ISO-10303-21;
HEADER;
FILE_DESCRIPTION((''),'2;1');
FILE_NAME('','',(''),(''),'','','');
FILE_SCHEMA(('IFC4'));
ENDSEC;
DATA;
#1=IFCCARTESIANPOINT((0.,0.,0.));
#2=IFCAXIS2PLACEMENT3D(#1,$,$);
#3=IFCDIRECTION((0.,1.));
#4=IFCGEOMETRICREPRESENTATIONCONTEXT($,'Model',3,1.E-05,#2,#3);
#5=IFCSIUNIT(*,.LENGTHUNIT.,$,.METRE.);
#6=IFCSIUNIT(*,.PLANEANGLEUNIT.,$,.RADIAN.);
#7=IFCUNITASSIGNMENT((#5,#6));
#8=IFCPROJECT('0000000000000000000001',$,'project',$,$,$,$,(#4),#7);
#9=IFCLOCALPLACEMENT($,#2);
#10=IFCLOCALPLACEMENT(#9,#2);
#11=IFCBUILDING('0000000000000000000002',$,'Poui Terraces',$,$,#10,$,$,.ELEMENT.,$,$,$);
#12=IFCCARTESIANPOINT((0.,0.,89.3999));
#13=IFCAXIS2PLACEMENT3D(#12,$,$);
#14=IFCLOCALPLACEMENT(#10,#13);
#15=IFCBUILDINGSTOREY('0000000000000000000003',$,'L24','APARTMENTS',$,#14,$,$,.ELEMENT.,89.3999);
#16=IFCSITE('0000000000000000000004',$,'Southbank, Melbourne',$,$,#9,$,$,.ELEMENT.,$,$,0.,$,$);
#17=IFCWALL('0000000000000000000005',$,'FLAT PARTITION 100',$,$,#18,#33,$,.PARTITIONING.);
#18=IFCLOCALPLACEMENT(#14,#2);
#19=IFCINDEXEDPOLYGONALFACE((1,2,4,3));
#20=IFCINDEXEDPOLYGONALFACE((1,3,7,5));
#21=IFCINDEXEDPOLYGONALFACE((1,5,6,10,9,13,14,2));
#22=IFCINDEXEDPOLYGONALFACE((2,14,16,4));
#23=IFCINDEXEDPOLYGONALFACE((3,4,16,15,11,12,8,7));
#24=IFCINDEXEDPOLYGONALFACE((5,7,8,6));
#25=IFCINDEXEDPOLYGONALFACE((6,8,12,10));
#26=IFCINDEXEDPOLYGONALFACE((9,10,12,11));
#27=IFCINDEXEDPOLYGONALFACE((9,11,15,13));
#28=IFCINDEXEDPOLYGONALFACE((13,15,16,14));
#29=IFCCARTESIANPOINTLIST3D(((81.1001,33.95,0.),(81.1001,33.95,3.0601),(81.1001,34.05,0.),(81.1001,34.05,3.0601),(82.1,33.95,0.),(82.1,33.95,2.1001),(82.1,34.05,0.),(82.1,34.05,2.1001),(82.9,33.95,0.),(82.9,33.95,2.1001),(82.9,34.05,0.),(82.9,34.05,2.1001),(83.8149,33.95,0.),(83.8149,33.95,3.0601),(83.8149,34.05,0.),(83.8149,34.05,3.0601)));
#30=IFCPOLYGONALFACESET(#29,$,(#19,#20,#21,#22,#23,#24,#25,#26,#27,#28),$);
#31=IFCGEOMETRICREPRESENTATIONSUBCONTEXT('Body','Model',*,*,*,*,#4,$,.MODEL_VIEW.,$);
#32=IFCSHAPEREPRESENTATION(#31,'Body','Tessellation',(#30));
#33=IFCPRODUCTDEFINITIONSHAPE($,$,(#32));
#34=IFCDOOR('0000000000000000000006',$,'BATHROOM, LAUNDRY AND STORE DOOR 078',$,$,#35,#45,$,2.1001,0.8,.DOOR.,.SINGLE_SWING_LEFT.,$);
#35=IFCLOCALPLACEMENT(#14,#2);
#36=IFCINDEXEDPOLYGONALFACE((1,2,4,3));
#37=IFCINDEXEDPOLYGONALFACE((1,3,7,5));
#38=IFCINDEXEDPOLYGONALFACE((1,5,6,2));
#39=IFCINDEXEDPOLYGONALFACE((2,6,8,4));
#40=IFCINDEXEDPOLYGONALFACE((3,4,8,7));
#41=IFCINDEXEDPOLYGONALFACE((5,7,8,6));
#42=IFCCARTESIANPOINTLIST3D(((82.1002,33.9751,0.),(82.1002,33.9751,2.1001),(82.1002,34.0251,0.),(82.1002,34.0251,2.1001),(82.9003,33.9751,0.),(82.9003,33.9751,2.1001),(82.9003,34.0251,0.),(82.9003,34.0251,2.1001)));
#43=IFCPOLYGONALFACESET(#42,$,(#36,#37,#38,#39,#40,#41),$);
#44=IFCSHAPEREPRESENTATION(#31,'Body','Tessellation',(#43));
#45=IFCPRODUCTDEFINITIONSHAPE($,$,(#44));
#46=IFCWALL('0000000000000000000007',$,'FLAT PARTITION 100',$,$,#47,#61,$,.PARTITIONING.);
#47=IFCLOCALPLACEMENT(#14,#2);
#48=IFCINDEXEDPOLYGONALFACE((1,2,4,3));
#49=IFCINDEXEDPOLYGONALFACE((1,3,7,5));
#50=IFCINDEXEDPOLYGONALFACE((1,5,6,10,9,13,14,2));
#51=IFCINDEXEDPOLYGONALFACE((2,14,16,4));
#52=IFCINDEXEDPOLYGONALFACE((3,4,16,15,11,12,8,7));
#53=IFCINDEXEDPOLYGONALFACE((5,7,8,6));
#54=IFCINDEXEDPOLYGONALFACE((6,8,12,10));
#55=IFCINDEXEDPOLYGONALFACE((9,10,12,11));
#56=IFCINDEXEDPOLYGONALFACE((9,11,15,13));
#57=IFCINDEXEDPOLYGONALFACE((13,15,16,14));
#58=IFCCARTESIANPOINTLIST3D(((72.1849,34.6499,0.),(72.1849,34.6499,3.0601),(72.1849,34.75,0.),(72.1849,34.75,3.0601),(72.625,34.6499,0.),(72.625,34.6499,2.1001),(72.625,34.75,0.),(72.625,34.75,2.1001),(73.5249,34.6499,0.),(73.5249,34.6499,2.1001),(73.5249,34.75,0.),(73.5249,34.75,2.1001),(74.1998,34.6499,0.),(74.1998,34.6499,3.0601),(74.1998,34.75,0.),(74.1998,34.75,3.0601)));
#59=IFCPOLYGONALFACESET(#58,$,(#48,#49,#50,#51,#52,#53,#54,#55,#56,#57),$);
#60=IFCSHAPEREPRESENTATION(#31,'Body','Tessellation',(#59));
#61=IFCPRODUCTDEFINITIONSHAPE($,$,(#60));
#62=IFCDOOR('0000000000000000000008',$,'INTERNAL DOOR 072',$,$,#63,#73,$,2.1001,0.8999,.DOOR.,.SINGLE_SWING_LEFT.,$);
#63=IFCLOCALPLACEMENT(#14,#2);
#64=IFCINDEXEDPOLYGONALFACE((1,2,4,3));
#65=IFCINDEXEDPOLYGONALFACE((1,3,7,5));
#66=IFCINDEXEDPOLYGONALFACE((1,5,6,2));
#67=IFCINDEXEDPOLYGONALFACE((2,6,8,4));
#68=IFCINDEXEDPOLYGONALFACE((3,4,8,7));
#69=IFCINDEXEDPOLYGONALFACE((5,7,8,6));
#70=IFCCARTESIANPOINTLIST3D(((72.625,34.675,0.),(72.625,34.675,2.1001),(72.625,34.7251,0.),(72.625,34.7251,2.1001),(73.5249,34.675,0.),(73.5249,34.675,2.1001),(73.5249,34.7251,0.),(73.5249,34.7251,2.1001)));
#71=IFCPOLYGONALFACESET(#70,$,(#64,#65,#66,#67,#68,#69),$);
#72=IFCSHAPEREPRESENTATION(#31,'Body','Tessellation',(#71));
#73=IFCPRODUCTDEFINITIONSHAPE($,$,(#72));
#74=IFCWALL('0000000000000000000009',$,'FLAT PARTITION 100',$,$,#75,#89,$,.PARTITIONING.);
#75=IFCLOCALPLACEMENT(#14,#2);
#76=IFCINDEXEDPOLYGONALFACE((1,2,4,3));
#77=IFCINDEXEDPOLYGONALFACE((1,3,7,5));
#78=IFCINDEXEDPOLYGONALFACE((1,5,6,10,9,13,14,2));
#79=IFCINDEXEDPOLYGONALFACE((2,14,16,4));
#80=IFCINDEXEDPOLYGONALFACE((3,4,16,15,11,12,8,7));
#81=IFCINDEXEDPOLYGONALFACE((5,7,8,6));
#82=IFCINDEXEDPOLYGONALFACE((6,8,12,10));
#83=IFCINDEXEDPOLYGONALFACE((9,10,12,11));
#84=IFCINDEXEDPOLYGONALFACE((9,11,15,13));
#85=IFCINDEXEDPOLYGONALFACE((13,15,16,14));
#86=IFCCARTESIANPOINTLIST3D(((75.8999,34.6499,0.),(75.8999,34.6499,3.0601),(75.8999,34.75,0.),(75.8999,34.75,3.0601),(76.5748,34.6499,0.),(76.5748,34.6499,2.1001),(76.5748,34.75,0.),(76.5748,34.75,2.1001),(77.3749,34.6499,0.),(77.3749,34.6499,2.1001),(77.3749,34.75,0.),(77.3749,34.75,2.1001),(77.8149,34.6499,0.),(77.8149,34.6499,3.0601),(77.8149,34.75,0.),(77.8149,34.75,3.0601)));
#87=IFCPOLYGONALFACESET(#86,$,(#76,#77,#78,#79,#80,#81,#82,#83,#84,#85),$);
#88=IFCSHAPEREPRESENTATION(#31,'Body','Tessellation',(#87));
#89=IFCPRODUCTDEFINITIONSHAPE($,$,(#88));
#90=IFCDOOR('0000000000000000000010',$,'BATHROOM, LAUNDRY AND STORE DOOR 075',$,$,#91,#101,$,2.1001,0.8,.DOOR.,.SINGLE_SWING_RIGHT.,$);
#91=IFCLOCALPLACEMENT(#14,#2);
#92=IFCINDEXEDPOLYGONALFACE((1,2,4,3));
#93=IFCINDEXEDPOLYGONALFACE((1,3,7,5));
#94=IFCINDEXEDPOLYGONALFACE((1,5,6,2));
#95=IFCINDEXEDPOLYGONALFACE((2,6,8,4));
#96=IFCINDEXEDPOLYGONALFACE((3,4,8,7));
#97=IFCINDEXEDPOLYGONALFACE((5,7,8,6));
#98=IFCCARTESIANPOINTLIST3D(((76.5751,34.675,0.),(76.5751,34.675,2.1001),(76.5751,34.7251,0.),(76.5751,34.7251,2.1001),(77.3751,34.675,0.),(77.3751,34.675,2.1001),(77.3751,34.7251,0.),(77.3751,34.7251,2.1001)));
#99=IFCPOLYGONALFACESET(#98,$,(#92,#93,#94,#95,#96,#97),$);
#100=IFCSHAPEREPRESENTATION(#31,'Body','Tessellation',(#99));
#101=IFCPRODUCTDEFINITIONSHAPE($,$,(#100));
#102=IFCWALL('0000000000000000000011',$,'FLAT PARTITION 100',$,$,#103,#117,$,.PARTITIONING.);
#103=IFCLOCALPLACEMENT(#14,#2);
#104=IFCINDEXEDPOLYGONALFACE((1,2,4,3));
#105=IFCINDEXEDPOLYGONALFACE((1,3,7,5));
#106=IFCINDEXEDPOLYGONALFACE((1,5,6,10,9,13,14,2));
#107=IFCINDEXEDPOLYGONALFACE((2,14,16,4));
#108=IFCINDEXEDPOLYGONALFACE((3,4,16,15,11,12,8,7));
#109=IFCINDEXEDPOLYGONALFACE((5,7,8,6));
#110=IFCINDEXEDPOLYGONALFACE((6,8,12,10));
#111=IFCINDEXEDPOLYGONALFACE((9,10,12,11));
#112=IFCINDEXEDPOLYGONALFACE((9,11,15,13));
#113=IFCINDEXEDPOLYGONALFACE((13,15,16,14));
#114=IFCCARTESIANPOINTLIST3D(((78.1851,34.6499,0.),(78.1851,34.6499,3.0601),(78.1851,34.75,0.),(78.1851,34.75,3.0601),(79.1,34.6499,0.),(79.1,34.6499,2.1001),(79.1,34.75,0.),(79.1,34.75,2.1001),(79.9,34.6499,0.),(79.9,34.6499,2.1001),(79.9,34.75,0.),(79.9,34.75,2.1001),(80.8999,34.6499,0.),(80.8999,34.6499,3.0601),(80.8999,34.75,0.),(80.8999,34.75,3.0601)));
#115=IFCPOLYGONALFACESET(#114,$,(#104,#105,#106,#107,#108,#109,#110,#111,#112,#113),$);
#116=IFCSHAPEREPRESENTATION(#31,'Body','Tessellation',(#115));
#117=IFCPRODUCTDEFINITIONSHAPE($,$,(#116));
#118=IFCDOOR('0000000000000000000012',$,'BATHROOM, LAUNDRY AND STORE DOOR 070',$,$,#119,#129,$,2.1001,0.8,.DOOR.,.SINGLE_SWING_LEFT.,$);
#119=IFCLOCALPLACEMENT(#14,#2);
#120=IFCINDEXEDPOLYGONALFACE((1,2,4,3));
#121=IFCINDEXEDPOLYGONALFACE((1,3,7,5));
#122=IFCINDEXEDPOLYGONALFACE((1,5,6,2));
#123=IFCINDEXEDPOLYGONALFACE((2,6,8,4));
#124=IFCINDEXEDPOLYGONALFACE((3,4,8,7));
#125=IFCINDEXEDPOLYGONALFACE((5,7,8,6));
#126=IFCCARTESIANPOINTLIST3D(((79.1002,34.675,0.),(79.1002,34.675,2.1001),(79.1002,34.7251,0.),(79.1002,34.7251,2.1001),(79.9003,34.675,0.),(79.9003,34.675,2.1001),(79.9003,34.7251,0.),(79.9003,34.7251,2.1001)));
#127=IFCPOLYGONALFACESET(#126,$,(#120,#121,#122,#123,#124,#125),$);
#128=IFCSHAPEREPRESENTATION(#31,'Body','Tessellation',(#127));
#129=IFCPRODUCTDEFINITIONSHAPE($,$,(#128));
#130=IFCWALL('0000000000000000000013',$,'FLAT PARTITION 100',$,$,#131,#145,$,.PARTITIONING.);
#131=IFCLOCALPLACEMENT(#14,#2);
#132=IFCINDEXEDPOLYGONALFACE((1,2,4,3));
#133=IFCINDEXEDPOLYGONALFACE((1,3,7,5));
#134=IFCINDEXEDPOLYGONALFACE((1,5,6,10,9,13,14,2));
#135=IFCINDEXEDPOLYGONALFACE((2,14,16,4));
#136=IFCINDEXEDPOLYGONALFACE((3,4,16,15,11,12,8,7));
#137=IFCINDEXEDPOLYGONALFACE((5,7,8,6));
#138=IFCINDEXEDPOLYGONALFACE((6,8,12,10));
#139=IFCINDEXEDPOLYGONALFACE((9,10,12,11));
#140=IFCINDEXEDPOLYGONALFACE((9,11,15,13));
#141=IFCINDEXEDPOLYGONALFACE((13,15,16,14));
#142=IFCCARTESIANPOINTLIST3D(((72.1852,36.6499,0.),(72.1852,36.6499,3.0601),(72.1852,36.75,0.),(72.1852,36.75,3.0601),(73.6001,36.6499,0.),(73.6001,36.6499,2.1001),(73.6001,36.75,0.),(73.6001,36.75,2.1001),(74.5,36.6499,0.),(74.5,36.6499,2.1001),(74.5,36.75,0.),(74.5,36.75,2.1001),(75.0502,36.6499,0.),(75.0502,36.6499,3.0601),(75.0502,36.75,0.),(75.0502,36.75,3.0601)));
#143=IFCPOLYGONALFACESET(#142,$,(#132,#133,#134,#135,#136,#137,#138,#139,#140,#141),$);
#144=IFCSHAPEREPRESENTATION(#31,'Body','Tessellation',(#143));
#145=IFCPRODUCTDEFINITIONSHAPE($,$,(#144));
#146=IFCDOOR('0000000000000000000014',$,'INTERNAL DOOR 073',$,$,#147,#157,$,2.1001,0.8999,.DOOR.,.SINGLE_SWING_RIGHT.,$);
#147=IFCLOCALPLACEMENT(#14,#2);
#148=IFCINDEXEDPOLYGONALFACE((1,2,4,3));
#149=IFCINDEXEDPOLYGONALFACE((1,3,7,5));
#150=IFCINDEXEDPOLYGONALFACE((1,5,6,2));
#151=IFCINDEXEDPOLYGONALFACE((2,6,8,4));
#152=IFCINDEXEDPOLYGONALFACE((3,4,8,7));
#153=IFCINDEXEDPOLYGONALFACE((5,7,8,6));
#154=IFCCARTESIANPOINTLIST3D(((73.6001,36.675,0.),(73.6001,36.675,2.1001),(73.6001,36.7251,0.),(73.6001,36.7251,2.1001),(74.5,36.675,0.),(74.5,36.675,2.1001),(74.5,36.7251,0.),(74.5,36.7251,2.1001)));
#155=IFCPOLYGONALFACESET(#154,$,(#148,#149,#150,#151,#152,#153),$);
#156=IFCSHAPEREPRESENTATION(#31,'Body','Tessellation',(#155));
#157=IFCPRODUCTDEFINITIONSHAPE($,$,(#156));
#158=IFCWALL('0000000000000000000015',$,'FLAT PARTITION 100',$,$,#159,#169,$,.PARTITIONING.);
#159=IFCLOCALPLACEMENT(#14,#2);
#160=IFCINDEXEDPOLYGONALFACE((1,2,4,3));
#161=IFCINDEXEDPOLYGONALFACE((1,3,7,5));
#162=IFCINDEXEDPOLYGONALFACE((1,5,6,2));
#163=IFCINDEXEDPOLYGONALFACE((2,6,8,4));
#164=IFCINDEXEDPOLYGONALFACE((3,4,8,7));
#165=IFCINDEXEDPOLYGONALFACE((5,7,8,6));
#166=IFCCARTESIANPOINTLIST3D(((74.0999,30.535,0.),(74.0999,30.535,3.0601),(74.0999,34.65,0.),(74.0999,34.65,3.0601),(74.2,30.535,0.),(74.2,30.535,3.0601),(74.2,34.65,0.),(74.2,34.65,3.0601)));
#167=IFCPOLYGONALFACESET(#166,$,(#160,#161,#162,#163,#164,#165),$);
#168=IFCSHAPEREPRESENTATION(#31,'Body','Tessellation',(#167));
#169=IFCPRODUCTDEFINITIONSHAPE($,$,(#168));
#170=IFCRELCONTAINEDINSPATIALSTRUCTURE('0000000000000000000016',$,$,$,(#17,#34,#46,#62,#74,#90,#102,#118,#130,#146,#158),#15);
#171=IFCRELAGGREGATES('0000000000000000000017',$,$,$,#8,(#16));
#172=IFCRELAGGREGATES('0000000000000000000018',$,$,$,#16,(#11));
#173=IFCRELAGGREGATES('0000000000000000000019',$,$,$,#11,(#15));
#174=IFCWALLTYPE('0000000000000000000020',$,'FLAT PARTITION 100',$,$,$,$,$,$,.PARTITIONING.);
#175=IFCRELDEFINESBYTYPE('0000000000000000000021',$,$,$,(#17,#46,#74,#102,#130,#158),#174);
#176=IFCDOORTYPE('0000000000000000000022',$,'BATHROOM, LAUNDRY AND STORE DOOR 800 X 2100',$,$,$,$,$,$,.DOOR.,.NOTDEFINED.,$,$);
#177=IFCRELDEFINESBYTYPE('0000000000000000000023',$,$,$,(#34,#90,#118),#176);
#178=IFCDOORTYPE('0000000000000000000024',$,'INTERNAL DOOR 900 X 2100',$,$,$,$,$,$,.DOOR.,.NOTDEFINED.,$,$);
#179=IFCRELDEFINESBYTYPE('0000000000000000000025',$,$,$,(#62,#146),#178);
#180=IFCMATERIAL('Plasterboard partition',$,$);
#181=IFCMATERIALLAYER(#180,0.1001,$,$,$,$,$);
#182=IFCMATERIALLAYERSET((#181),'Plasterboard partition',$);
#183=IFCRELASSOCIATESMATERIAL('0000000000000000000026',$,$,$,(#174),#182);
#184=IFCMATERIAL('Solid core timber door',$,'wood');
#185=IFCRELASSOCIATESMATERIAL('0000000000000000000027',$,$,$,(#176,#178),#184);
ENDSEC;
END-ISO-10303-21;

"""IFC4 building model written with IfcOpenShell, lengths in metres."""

from ifc_helpers import new_model, si_unit, direction, frame, frame_2d, origin, place, context, subcontext, project, spatial, rectangle, extrude, material, layer, layer_set, type_object, element, fill, save


model = new_model("IFC4")

# Units and contexts
model_context = context("Model", 3, precision=1e-05, world=origin(), true_north=direction((0.0, 1.0)))
body_context = subcontext(model_context, "Body", "Model", "MODEL_VIEW")
ifc_project = project(units=[si_unit("LENGTHUNIT", "METRE"), si_unit("PLANEANGLEUNIT", "RADIAN")], contexts=[model_context])

# Site, building, storey
site_placement = place(None, origin())
site = spatial("IfcSite", under=ifc_project, at=site_placement, Name="Southbank, Melbourne", CompositionType="ELEMENT", RefElevation=0.0)
building_placement = place(site_placement, origin())
building = spatial("IfcBuilding", under=site, at=building_placement, Name="Poui Terraces", CompositionType="ELEMENT")
storey_placement = place(building_placement, frame((0.0, 0.0, 89.3999)))
storey = spatial("IfcBuildingStorey", under=building, at=storey_placement, Name="L24", Description="APARTMENTS", CompositionType="ELEMENT", Elevation=89.3999)

# Walls, openings, doors
ifc_material_1 = material(Name="Plasterboard partition")
ifc_layer_1 = layer(ifc_material_1, 0.1001)
ifc_layer_set_1 = layer_set([ifc_layer_1], Name="Plasterboard partition")
wall_type_1 = type_object("IfcWallType", Name="FLAT PARTITION 100", PredefinedType="PARTITIONING", material=ifc_layer_set_1)
wall_1_placement = place(storey_placement, frame((81.1001, 34.0, 0.0), z_axis=(0.0, 0.0, 1.0), x_axis=(1.0, 0.0, 0.0)))
wall_1 = element("IfcWall", 1, at=wall_1_placement, inside=storey, type_object=wall_type_1, Name="FLAT PARTITION 100", PredefinedType="PARTITIONING", context=body_context, shape_type="SweptSolid", body=[
    extrude(rectangle(XDim=2.7148, YDim=0.1001, at=frame_2d((1.3574, 0.0))), origin(), (0.0, 0.0, 1.0), 3.0601),
])
opening_1_placement = place(wall_1_placement, frame((1.0, 0.0, 0.0)))
opening_1 = element("IfcOpeningElement", 2, at=opening_1_placement, cuts=wall_1, PredefinedType="OPENING", context=body_context, shape_type="SweptSolid", body=[
    extrude(rectangle(XDim=0.8, YDim=2.1001, at=frame_2d((0.3999, 1.05))), frame((0.0, 0.0601, 0.0), z_axis=(0.0, -1.0, 0.0), x_axis=(1.0, 0.0, 0.0)), (0.0, 0.0, 1.0), 0.1201),
])
ifc_material_2 = material(Name="Solid core timber door", Category="wood")
door_type_1 = type_object("IfcDoorType", Name="BATHROOM, LAUNDRY AND STORE DOOR 800 X 2100", OperationType="NOTDEFINED", PredefinedType="DOOR", material=ifc_material_2)
door_1_placement = place(opening_1_placement, frame((0.8, 0.0, 0.0), z_axis=(0.0, 0.0, 1.0), x_axis=(-1.0, 0.0, 0.0)))
door_1 = element("IfcDoor", 3, at=door_1_placement, inside=storey, type_object=door_type_1, Name="BATHROOM, LAUNDRY AND STORE DOOR 078", OperationType="SINGLE_SWING_LEFT", OverallHeight=2.1001, OverallWidth=0.8, PredefinedType="DOOR", context=body_context, shape_type="SweptSolid", body=[
    extrude(rectangle(XDim=0.8, YDim=2.1001, at=frame_2d((0.3999, 1.05))), frame((0.0, 0.0249, 0.0), z_axis=(0.0, -1.0, 0.0), x_axis=(1.0, 0.0, 0.0)), (0.0, 0.0, 1.0), 0.05),
])
fill(opening_1, door_1)
wall_2_placement = place(storey_placement, frame((72.1851, 34.7, 0.0), z_axis=(0.0, 0.0, 1.0), x_axis=(1.0, 0.0, 0.0)))
wall_2 = element("IfcWall", 4, at=wall_2_placement, inside=storey, type_object=wall_type_1, Name="FLAT PARTITION 100", PredefinedType="PARTITIONING", context=body_context, shape_type="SweptSolid", body=[
    extrude(rectangle(XDim=2.0149, YDim=0.1001, at=frame_2d((1.0073, 0.0))), origin(), (0.0, 0.0, 1.0), 3.0601),
])
opening_2_placement = place(wall_2_placement, frame((0.4399, 0.0, 0.0)))
opening_2 = element("IfcOpeningElement", 5, at=opening_2_placement, cuts=wall_2, PredefinedType="OPENING", context=body_context, shape_type="SweptSolid", body=[
    extrude(rectangle(XDim=0.8999, YDim=2.1001, at=frame_2d((0.45, 1.05))), frame((0.0, 0.0601, 0.0), z_axis=(0.0, -1.0, 0.0), x_axis=(1.0, 0.0, 0.0)), (0.0, 0.0, 1.0), 0.1201),
])
door_type_2 = type_object("IfcDoorType", Name="INTERNAL DOOR 900 X 2100", OperationType="NOTDEFINED", PredefinedType="DOOR", material=ifc_material_2)
door_2_placement = place(opening_2_placement, frame((0.8999, 0.0, 0.0), z_axis=(0.0, 0.0, 1.0), x_axis=(-1.0, 0.0, 0.0)))
door_2 = element("IfcDoor", 6, at=door_2_placement, inside=storey, type_object=door_type_2, Name="INTERNAL DOOR 072", OperationType="SINGLE_SWING_LEFT", OverallHeight=2.1001, OverallWidth=0.8999, PredefinedType="DOOR", context=body_context, shape_type="SweptSolid", body=[
    extrude(rectangle(XDim=0.8999, YDim=2.1001, at=frame_2d((0.45, 1.05))), frame((0.0, 0.0249, 0.0), z_axis=(0.0, -1.0, 0.0), x_axis=(1.0, 0.0, 0.0)), (0.0, 0.0, 1.0), 0.05),
])
fill(opening_2, door_2)
wall_3_placement = place(storey_placement, frame((75.8999, 34.7, 0.0), z_axis=(0.0, 0.0, 1.0), x_axis=(1.0, 0.0, 0.0)))
wall_3 = element("IfcWall", 7, at=wall_3_placement, inside=storey, type_object=wall_type_1, Name="FLAT PARTITION 100", PredefinedType="PARTITIONING", context=body_context, shape_type="SweptSolid", body=[
    extrude(rectangle(XDim=1.915, YDim=0.1001, at=frame_2d((0.9575, 0.0))), origin(), (0.0, 0.0, 1.0), 3.0601),
])
opening_3_placement = place(wall_3_placement, frame((0.675, 0.0, 0.0)))
opening_3 = element("IfcOpeningElement", 8, at=opening_3_placement, cuts=wall_3, PredefinedType="OPENING", context=body_context, shape_type="SweptSolid", body=[
    extrude(rectangle(XDim=0.8, YDim=2.1001, at=frame_2d((0.3999, 1.05))), frame((0.0, 0.0601, 0.0), z_axis=(0.0, -1.0, 0.0), x_axis=(1.0, 0.0, 0.0)), (0.0, 0.0, 1.0), 0.1201),
])
door_3_placement = place(opening_3_placement, frame((0.8, 0.0, 0.0), z_axis=(0.0, 0.0, 1.0), x_axis=(-1.0, 0.0, 0.0)))
door_3 = element("IfcDoor", 9, at=door_3_placement, inside=storey, type_object=door_type_1, Name="BATHROOM, LAUNDRY AND STORE DOOR 075", OperationType="SINGLE_SWING_RIGHT", OverallHeight=2.1001, OverallWidth=0.8, PredefinedType="DOOR", context=body_context, shape_type="SweptSolid", body=[
    extrude(rectangle(XDim=0.8, YDim=2.1001, at=frame_2d((0.3999, 1.05))), frame((0.0, 0.0249, 0.0), z_axis=(0.0, -1.0, 0.0), x_axis=(1.0, 0.0, 0.0)), (0.0, 0.0, 1.0), 0.05),
])
fill(opening_3, door_3)
wall_4_placement = place(storey_placement, frame((78.1851, 34.7, 0.0), z_axis=(0.0, 0.0, 1.0), x_axis=(1.0, 0.0, 0.0)))
wall_4 = element("IfcWall", 10, at=wall_4_placement, inside=storey, type_object=wall_type_1, Name="FLAT PARTITION 100", PredefinedType="PARTITIONING", context=body_context, shape_type="SweptSolid", body=[
    extrude(rectangle(XDim=2.7148, YDim=0.1001, at=frame_2d((1.3574, 0.0))), origin(), (0.0, 0.0, 1.0), 3.0601),
])
opening_4_placement = place(wall_4_placement, frame((0.915, 0.0, 0.0)))
opening_4 = element("IfcOpeningElement", 11, at=opening_4_placement, cuts=wall_4, PredefinedType="OPENING", context=body_context, shape_type="SweptSolid", body=[
    extrude(rectangle(XDim=0.8, YDim=2.1001, at=frame_2d((0.3999, 1.05))), frame((0.0, 0.0601, 0.0), z_axis=(0.0, -1.0, 0.0), x_axis=(1.0, 0.0, 0.0)), (0.0, 0.0, 1.0), 0.1201),
])
door_4_placement = place(opening_4_placement, frame((0.8, 0.0, 0.0), z_axis=(0.0, 0.0, 1.0), x_axis=(-1.0, 0.0, 0.0)))
door_4 = element("IfcDoor", 12, at=door_4_placement, inside=storey, type_object=door_type_1, Name="BATHROOM, LAUNDRY AND STORE DOOR 070", OperationType="SINGLE_SWING_LEFT", OverallHeight=2.1001, OverallWidth=0.8, PredefinedType="DOOR", context=body_context, shape_type="SweptSolid", body=[
    extrude(rectangle(XDim=0.8, YDim=2.1001, at=frame_2d((0.3999, 1.05))), frame((0.0, 0.0249, 0.0), z_axis=(0.0, -1.0, 0.0), x_axis=(1.0, 0.0, 0.0)), (0.0, 0.0, 1.0), 0.05),
])
fill(opening_4, door_4)
wall_5_placement = place(storey_placement, frame((72.1851, 36.7, 0.0), z_axis=(0.0, 0.0, 1.0), x_axis=(1.0, 0.0, 0.0)))
wall_5 = element("IfcWall", 13, at=wall_5_placement, inside=storey, type_object=wall_type_1, Name="FLAT PARTITION 100", PredefinedType="PARTITIONING", context=body_context, shape_type="SweptSolid", body=[
    extrude(rectangle(XDim=2.865, YDim=0.1001, at=frame_2d((1.4326, 0.0))), origin(), (0.0, 0.0, 1.0), 3.0601),
])
opening_5_placement = place(wall_5_placement, frame((1.415, 0.0, 0.0)))
opening_5 = element("IfcOpeningElement", 14, at=opening_5_placement, cuts=wall_5, PredefinedType="OPENING", context=body_context, shape_type="SweptSolid", body=[
    extrude(rectangle(XDim=0.8999, YDim=2.1001, at=frame_2d((0.45, 1.05))), frame((0.0, 0.0601, 0.0), z_axis=(0.0, -1.0, 0.0), x_axis=(1.0, 0.0, 0.0)), (0.0, 0.0, 1.0), 0.1201),
])
door_5_placement = place(opening_5_placement, frame((0.8999, 0.0, 0.0), z_axis=(0.0, 0.0, 1.0), x_axis=(-1.0, 0.0, 0.0)))
door_5 = element("IfcDoor", 15, at=door_5_placement, inside=storey, type_object=door_type_2, Name="INTERNAL DOOR 073", OperationType="SINGLE_SWING_RIGHT", OverallHeight=2.1001, OverallWidth=0.8999, PredefinedType="DOOR", context=body_context, shape_type="SweptSolid", body=[
    extrude(rectangle(XDim=0.8999, YDim=2.1001, at=frame_2d((0.45, 1.05))), frame((0.0, 0.0249, 0.0), z_axis=(0.0, -1.0, 0.0), x_axis=(1.0, 0.0, 0.0)), (0.0, 0.0, 1.0), 0.05),
])
fill(opening_5, door_5)

# Wall
wall_6_placement = place(storey_placement, frame((74.1499, 30.5349, 0.0), z_axis=(0.0, 0.0, 1.0), x_axis=(0.0, 1.0, 0.0)))
element("IfcWall", 16, at=wall_6_placement, inside=storey, type_object=wall_type_1, Name="FLAT PARTITION 100", PredefinedType="PARTITIONING", context=body_context, shape_type="SweptSolid", body=[
    extrude(rectangle(XDim=4.115, YDim=0.1001, at=frame_2d((2.0576, 0.0))), origin(), (0.0, 0.0, 1.0), 3.0601),
])

save(model, "model.ifc")
